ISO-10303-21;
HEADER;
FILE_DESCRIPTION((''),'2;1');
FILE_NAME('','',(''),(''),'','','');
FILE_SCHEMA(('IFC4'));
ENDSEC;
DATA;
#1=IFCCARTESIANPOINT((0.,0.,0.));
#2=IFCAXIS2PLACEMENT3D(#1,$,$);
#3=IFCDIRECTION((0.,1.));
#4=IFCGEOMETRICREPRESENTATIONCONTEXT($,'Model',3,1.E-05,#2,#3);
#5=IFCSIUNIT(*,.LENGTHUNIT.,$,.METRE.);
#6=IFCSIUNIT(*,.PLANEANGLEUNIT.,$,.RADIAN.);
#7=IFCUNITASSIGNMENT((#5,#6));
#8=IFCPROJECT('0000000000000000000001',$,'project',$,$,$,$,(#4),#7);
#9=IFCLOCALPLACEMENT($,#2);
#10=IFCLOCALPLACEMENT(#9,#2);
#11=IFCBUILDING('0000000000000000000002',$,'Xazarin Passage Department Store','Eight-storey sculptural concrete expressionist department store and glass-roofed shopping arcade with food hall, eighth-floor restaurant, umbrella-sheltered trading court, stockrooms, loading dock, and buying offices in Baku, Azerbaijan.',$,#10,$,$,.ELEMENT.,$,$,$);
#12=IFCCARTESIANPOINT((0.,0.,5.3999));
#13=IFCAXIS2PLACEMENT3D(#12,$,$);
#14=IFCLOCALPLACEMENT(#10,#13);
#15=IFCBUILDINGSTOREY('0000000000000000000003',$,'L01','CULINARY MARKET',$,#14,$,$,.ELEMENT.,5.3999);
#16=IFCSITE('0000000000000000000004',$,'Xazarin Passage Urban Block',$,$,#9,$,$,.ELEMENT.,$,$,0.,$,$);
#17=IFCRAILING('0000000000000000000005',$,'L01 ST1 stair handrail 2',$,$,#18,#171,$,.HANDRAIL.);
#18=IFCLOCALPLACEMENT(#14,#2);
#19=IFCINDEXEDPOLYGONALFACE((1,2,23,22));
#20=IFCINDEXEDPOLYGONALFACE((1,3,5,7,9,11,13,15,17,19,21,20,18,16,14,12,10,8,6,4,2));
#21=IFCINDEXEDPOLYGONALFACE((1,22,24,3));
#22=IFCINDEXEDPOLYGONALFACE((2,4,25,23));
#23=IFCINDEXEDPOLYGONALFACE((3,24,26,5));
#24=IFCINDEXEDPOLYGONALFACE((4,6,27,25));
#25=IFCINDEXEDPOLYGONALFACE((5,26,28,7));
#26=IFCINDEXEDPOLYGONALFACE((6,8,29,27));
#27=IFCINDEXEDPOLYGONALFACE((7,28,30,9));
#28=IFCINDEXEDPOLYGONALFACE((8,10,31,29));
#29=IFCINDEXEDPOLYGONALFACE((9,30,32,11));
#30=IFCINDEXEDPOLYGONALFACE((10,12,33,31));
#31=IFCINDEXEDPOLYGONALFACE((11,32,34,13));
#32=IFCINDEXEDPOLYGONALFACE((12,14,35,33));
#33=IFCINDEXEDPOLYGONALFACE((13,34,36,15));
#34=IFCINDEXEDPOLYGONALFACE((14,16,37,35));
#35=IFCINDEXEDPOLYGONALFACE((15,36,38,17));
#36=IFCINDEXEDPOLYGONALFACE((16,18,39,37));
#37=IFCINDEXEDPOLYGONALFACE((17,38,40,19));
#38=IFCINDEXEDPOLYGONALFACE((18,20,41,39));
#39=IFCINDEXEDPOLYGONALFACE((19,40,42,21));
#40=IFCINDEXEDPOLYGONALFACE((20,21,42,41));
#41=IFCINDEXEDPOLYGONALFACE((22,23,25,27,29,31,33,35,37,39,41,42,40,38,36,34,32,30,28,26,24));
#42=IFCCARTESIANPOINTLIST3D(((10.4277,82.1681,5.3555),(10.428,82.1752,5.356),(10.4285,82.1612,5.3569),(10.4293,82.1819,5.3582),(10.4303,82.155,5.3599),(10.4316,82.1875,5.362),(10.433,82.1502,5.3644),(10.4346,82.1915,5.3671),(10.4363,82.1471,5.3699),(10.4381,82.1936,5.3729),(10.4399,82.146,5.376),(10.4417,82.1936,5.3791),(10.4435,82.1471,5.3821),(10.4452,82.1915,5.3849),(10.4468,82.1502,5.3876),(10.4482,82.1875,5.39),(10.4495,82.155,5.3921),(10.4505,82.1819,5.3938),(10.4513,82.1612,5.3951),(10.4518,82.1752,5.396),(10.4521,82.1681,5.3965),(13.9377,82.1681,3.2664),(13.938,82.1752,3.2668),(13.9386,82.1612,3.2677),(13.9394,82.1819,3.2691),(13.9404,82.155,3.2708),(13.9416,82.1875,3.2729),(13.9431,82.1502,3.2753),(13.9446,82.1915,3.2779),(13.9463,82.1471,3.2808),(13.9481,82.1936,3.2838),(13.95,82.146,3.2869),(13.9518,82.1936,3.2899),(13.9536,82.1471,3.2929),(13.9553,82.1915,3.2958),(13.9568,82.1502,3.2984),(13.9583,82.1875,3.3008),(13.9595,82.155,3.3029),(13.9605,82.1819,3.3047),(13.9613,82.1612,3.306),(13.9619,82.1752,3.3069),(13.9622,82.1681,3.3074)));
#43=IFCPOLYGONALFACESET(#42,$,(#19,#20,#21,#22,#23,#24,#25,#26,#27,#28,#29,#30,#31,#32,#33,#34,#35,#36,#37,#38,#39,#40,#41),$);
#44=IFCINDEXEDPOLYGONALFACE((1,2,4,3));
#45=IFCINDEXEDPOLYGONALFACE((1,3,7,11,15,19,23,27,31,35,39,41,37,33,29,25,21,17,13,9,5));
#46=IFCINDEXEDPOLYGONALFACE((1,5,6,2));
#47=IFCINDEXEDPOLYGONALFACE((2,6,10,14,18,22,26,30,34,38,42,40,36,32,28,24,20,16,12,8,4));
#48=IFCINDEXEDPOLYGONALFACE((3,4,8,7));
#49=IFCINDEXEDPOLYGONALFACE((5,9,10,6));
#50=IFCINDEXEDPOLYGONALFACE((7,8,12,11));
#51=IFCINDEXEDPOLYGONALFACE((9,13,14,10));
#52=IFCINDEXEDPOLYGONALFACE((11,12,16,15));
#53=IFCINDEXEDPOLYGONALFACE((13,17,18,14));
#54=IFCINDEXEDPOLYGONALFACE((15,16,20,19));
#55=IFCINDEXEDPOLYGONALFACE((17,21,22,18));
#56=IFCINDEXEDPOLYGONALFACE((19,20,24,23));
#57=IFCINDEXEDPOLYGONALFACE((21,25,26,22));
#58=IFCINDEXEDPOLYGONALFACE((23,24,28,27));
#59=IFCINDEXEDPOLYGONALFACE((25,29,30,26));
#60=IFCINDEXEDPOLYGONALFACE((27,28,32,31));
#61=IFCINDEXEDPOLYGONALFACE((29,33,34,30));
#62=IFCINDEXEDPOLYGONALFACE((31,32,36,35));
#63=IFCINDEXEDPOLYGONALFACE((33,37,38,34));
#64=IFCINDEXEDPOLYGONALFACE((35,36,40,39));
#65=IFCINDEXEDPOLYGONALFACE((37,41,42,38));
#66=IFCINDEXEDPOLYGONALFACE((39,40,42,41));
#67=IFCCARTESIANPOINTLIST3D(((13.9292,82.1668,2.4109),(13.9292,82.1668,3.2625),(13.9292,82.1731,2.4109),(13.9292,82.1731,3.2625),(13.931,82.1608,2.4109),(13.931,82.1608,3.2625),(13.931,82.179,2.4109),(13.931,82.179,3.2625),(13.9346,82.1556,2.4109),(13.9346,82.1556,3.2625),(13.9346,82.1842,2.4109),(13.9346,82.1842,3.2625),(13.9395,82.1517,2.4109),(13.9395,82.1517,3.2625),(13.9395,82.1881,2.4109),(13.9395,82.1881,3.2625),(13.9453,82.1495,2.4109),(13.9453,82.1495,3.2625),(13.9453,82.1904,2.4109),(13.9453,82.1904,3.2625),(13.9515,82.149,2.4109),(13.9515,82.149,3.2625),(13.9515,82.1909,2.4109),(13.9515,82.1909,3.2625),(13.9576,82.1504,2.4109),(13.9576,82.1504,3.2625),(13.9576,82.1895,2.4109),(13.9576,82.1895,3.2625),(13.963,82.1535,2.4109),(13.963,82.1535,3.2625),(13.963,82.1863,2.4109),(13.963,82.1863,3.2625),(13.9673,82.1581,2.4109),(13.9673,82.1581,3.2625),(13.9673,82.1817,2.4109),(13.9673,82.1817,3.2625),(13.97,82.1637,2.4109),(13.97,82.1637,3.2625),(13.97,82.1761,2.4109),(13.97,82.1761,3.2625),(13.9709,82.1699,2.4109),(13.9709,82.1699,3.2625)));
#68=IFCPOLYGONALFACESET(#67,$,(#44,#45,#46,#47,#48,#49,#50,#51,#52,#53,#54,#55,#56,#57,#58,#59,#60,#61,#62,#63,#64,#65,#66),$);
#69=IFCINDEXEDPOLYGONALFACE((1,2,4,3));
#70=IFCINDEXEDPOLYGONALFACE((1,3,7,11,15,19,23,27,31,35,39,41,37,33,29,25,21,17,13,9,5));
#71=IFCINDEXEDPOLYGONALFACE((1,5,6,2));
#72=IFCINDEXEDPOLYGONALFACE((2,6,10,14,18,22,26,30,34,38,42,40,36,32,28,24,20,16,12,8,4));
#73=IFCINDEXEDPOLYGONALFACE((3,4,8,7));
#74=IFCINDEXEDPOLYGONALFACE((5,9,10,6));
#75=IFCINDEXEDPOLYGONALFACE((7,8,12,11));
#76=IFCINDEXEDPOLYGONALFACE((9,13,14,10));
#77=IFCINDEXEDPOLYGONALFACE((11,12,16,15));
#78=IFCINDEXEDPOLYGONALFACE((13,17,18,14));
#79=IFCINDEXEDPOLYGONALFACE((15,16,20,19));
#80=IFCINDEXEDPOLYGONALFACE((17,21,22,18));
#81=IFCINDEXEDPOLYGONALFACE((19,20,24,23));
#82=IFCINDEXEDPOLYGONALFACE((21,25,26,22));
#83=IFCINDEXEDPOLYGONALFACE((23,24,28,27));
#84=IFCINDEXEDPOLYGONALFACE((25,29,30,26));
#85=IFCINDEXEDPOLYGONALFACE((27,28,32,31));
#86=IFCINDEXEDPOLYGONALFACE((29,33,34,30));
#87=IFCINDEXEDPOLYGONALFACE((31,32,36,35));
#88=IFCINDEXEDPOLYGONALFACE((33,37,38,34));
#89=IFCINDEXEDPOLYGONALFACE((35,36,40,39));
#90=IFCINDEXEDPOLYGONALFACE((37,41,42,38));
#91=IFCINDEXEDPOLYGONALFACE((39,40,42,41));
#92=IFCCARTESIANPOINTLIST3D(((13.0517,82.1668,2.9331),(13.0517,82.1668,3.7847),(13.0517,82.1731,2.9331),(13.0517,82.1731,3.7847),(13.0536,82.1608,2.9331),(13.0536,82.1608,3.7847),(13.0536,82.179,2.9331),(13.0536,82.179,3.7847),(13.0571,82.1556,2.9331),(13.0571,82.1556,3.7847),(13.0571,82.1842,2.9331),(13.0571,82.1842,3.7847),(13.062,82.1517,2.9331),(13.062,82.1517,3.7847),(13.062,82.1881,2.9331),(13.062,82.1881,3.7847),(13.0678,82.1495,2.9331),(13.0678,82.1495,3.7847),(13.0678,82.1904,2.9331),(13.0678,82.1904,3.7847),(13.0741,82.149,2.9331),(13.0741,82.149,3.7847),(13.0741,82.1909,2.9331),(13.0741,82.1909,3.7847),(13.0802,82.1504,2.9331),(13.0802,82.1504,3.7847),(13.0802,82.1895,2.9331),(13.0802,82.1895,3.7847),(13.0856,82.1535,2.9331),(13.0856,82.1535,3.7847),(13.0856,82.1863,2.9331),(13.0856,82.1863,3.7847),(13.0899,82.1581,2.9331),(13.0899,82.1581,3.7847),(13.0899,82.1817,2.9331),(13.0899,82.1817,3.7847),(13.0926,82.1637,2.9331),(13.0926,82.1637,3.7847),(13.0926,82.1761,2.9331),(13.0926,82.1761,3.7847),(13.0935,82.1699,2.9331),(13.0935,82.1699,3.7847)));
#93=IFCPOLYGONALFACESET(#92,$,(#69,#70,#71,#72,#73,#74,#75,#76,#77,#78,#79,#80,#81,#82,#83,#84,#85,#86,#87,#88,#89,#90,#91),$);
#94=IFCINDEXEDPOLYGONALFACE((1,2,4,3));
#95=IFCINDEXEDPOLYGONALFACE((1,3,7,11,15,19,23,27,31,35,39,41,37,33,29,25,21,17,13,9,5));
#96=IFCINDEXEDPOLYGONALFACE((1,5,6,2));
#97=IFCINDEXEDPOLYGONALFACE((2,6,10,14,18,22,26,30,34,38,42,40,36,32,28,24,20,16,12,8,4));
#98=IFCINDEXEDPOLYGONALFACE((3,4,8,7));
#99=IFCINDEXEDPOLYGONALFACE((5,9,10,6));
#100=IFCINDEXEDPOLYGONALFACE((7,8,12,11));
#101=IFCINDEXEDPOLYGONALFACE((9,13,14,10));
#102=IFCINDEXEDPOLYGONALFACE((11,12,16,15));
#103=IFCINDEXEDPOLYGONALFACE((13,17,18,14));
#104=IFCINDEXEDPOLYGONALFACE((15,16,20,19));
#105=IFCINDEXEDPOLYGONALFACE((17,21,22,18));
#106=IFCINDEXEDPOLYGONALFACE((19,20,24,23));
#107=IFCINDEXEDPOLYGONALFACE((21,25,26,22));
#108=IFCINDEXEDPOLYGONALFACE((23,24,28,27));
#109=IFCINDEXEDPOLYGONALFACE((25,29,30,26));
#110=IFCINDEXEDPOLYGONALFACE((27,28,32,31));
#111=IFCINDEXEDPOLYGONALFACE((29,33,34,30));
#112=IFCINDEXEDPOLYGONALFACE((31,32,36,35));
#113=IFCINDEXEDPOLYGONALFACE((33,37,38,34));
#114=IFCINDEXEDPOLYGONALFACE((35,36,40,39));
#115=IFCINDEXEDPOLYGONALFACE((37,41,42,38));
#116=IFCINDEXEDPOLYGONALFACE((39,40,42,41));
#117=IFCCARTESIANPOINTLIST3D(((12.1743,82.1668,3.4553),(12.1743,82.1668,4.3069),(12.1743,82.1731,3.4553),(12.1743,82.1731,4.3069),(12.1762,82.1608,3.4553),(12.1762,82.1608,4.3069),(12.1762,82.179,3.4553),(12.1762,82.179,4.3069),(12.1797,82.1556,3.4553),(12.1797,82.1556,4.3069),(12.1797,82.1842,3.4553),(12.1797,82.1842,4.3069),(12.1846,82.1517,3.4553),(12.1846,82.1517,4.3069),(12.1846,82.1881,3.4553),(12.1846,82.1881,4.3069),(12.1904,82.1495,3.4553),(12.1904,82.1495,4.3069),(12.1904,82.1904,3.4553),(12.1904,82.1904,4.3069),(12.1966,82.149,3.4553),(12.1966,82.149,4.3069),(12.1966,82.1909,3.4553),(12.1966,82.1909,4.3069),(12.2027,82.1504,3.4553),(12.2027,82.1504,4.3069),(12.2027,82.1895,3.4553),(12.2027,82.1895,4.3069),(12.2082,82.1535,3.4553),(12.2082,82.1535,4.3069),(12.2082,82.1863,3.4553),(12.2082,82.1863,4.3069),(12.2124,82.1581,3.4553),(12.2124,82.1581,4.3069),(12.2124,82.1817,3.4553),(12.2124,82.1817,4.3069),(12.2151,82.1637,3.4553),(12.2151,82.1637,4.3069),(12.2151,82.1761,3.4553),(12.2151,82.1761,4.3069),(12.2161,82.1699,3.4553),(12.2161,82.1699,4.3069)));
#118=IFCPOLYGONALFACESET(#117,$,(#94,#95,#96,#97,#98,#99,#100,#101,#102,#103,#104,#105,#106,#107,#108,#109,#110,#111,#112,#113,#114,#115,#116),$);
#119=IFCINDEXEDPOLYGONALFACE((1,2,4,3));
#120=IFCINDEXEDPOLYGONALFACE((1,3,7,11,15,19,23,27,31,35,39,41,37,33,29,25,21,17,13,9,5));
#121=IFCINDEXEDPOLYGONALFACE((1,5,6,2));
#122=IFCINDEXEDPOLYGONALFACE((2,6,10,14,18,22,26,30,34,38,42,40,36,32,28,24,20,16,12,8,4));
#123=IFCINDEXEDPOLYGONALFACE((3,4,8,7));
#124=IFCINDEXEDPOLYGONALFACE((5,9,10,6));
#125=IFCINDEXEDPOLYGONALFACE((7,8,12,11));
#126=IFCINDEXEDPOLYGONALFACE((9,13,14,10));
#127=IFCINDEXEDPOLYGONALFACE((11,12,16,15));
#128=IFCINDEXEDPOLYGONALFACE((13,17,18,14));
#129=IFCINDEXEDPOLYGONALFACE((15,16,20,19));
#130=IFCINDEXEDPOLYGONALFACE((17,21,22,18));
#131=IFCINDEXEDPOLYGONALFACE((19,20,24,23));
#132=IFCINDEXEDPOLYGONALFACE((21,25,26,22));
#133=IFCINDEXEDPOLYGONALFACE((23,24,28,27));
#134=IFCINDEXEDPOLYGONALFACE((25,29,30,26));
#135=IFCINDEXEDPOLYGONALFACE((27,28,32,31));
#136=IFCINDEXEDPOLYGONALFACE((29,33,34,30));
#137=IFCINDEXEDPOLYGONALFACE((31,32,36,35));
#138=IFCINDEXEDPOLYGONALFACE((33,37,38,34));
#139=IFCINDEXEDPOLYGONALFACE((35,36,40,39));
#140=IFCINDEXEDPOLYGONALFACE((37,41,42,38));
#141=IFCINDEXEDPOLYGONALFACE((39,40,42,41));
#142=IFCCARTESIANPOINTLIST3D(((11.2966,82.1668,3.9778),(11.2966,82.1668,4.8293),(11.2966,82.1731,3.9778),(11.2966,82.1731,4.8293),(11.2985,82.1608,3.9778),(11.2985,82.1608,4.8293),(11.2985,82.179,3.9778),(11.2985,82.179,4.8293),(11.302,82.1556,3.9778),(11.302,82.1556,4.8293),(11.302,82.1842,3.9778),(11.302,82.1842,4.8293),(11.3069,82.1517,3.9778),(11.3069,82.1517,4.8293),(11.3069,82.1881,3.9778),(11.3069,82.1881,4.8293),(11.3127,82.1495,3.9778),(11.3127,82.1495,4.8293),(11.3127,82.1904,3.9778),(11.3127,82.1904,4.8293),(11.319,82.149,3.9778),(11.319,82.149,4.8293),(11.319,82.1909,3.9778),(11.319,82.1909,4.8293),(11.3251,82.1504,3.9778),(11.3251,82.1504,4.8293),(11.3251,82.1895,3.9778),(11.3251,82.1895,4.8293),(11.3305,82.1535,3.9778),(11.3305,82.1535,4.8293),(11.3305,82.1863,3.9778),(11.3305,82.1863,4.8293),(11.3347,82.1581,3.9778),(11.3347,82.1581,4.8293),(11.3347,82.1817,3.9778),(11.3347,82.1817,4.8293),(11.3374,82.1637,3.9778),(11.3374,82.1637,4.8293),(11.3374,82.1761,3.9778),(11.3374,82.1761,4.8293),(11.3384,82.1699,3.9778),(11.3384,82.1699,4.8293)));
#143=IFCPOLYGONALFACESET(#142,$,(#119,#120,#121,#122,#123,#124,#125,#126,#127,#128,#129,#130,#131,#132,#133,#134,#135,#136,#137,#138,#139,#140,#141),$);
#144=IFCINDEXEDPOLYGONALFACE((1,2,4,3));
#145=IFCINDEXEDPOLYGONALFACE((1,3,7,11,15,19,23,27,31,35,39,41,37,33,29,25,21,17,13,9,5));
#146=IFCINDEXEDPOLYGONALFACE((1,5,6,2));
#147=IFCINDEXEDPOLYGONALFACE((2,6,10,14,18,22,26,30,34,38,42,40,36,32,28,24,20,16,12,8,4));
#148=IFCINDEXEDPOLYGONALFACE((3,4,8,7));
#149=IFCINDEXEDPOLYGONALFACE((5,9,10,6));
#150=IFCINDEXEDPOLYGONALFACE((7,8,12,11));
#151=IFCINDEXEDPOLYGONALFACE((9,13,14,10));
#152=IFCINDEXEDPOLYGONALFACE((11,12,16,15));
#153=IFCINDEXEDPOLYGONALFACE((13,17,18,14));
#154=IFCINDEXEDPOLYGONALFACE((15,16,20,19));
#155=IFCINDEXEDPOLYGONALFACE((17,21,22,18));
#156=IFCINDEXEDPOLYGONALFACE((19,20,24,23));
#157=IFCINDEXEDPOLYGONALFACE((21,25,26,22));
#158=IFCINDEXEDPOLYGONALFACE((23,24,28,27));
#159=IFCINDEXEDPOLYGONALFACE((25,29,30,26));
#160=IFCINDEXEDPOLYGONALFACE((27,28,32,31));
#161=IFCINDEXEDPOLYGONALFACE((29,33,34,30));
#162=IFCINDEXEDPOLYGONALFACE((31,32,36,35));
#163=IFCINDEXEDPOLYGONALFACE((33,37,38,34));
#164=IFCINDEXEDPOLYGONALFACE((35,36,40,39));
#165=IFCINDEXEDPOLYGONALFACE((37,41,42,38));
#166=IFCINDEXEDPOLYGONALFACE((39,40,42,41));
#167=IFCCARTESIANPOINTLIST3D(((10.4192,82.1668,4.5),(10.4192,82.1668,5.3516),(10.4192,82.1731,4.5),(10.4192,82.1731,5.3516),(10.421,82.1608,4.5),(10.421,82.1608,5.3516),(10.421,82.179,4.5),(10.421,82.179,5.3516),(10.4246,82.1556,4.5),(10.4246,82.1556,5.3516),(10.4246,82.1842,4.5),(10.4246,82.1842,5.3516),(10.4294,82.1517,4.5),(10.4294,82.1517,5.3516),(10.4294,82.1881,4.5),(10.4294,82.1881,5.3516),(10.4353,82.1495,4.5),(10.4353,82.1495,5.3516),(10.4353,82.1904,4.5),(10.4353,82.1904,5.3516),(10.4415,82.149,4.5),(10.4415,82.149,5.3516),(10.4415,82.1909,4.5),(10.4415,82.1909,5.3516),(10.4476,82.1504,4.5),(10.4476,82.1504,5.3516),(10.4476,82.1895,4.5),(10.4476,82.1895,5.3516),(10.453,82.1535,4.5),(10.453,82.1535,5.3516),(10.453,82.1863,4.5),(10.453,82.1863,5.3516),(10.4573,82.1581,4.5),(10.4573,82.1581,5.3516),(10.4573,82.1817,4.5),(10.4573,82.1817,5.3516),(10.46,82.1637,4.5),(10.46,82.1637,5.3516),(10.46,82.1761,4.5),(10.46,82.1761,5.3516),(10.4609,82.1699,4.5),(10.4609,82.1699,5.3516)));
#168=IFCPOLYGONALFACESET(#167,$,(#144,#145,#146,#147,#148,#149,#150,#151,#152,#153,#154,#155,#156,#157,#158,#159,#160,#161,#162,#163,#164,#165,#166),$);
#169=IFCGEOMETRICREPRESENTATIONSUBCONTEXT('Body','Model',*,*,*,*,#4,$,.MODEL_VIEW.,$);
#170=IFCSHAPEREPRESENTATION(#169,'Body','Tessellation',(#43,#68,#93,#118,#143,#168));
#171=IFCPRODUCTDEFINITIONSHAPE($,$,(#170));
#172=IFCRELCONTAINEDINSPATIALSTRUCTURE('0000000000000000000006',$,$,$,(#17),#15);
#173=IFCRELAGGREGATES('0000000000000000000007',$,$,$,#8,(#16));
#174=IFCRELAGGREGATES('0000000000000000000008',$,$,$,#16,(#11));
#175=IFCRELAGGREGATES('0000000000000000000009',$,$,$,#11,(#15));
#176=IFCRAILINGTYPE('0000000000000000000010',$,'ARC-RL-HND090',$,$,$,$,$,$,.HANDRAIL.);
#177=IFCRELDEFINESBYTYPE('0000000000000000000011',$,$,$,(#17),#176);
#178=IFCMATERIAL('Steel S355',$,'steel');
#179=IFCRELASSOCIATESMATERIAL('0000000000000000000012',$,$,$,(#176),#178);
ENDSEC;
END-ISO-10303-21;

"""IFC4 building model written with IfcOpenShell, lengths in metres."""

from ifc_helpers import new_model, si_unit, direction, frame, origin, origin_2d, place, context, subcontext, project, spatial, circle, extrude, material, type_object, element, save


model = new_model("IFC4")

# Units and contexts
model_context = context("Model", 3, precision=1e-05, world=origin(), true_north=direction((0.0, 1.0)))
body_context = subcontext(model_context, "Body", "Model", "MODEL_VIEW")
ifc_project = project(units=[si_unit("LENGTHUNIT", "METRE"), si_unit("PLANEANGLEUNIT", "RADIAN")], contexts=[model_context])

# Site, building, storey
site_placement = place(None, origin())
site = spatial("IfcSite", under=ifc_project, at=site_placement, Name="Xazarin Passage Urban Block", CompositionType="ELEMENT", RefElevation=0.0)
building_placement = place(site_placement, origin())
building = spatial("IfcBuilding", under=site, at=building_placement, Name="Xazarin Passage Department Store", Description="Eight-storey sculptural concrete expressionist department store and glass-roofed shopping arcade with food hall, eighth-floor restaurant, umbrella-sheltered trading court, stockrooms, loading dock, and buying offices in Baku, Azerbaijan.", CompositionType="ELEMENT")
storey_placement = place(building_placement, frame((0.0, 0.0, 5.3999)))
storey = spatial("IfcBuildingStorey", under=building, at=storey_placement, Name="L01", Description="CULINARY MARKET", CompositionType="ELEMENT", Elevation=5.3999)

# Shared definitions
ifc_material_1 = material(Name="Steel S355", Category="steel")

# Railing
railing_type_1 = type_object("IfcRailingType", Name="ARC-RL-HND090", PredefinedType="HANDRAIL", material=ifc_material_1)
railing_1_placement = place(storey_placement, frame((13.95, 82.1699, 2.4109)))
element("IfcRailing", 1, at=railing_1_placement, inside=storey, type_object=railing_type_1, Name="L01 ST1 stair handrail 2", PredefinedType="HANDRAIL", context=body_context, shape_type="SweptSolid", body=[
    extrude(circle(Radius=0.0239, at=origin_2d()), frame((0.0, 0.0, 0.876), z_axis=(-0.859312, 0.0, 0.511451), x_axis=(0.0, -1.0, 0.0)), (0.0, 0.0, 1.0), 4.0847),
    extrude(circle(Radius=0.021, at=origin_2d()), origin(), (0.0, 0.0, 1.0), 0.8516),
    extrude(circle(Radius=0.021, at=origin_2d()), frame((-0.8774, 0.0, 0.5222)), (0.0, 0.0, 1.0), 0.8516),
    extrude(circle(Radius=0.021, at=origin_2d()), frame((-1.7549, 0.0, 1.0444)), (0.0, 0.0, 1.0), 0.8516),
    extrude(circle(Radius=0.021, at=origin_2d()), frame((-2.6326, 0.0, 1.5669)), (0.0, 0.0, 1.0), 0.8516),
    extrude(circle(Radius=0.021, at=origin_2d()), frame((-3.51, 0.0, 2.0891)), (0.0, 0.0, 1.0), 0.8516),
])

save(model, "model.ifc")
